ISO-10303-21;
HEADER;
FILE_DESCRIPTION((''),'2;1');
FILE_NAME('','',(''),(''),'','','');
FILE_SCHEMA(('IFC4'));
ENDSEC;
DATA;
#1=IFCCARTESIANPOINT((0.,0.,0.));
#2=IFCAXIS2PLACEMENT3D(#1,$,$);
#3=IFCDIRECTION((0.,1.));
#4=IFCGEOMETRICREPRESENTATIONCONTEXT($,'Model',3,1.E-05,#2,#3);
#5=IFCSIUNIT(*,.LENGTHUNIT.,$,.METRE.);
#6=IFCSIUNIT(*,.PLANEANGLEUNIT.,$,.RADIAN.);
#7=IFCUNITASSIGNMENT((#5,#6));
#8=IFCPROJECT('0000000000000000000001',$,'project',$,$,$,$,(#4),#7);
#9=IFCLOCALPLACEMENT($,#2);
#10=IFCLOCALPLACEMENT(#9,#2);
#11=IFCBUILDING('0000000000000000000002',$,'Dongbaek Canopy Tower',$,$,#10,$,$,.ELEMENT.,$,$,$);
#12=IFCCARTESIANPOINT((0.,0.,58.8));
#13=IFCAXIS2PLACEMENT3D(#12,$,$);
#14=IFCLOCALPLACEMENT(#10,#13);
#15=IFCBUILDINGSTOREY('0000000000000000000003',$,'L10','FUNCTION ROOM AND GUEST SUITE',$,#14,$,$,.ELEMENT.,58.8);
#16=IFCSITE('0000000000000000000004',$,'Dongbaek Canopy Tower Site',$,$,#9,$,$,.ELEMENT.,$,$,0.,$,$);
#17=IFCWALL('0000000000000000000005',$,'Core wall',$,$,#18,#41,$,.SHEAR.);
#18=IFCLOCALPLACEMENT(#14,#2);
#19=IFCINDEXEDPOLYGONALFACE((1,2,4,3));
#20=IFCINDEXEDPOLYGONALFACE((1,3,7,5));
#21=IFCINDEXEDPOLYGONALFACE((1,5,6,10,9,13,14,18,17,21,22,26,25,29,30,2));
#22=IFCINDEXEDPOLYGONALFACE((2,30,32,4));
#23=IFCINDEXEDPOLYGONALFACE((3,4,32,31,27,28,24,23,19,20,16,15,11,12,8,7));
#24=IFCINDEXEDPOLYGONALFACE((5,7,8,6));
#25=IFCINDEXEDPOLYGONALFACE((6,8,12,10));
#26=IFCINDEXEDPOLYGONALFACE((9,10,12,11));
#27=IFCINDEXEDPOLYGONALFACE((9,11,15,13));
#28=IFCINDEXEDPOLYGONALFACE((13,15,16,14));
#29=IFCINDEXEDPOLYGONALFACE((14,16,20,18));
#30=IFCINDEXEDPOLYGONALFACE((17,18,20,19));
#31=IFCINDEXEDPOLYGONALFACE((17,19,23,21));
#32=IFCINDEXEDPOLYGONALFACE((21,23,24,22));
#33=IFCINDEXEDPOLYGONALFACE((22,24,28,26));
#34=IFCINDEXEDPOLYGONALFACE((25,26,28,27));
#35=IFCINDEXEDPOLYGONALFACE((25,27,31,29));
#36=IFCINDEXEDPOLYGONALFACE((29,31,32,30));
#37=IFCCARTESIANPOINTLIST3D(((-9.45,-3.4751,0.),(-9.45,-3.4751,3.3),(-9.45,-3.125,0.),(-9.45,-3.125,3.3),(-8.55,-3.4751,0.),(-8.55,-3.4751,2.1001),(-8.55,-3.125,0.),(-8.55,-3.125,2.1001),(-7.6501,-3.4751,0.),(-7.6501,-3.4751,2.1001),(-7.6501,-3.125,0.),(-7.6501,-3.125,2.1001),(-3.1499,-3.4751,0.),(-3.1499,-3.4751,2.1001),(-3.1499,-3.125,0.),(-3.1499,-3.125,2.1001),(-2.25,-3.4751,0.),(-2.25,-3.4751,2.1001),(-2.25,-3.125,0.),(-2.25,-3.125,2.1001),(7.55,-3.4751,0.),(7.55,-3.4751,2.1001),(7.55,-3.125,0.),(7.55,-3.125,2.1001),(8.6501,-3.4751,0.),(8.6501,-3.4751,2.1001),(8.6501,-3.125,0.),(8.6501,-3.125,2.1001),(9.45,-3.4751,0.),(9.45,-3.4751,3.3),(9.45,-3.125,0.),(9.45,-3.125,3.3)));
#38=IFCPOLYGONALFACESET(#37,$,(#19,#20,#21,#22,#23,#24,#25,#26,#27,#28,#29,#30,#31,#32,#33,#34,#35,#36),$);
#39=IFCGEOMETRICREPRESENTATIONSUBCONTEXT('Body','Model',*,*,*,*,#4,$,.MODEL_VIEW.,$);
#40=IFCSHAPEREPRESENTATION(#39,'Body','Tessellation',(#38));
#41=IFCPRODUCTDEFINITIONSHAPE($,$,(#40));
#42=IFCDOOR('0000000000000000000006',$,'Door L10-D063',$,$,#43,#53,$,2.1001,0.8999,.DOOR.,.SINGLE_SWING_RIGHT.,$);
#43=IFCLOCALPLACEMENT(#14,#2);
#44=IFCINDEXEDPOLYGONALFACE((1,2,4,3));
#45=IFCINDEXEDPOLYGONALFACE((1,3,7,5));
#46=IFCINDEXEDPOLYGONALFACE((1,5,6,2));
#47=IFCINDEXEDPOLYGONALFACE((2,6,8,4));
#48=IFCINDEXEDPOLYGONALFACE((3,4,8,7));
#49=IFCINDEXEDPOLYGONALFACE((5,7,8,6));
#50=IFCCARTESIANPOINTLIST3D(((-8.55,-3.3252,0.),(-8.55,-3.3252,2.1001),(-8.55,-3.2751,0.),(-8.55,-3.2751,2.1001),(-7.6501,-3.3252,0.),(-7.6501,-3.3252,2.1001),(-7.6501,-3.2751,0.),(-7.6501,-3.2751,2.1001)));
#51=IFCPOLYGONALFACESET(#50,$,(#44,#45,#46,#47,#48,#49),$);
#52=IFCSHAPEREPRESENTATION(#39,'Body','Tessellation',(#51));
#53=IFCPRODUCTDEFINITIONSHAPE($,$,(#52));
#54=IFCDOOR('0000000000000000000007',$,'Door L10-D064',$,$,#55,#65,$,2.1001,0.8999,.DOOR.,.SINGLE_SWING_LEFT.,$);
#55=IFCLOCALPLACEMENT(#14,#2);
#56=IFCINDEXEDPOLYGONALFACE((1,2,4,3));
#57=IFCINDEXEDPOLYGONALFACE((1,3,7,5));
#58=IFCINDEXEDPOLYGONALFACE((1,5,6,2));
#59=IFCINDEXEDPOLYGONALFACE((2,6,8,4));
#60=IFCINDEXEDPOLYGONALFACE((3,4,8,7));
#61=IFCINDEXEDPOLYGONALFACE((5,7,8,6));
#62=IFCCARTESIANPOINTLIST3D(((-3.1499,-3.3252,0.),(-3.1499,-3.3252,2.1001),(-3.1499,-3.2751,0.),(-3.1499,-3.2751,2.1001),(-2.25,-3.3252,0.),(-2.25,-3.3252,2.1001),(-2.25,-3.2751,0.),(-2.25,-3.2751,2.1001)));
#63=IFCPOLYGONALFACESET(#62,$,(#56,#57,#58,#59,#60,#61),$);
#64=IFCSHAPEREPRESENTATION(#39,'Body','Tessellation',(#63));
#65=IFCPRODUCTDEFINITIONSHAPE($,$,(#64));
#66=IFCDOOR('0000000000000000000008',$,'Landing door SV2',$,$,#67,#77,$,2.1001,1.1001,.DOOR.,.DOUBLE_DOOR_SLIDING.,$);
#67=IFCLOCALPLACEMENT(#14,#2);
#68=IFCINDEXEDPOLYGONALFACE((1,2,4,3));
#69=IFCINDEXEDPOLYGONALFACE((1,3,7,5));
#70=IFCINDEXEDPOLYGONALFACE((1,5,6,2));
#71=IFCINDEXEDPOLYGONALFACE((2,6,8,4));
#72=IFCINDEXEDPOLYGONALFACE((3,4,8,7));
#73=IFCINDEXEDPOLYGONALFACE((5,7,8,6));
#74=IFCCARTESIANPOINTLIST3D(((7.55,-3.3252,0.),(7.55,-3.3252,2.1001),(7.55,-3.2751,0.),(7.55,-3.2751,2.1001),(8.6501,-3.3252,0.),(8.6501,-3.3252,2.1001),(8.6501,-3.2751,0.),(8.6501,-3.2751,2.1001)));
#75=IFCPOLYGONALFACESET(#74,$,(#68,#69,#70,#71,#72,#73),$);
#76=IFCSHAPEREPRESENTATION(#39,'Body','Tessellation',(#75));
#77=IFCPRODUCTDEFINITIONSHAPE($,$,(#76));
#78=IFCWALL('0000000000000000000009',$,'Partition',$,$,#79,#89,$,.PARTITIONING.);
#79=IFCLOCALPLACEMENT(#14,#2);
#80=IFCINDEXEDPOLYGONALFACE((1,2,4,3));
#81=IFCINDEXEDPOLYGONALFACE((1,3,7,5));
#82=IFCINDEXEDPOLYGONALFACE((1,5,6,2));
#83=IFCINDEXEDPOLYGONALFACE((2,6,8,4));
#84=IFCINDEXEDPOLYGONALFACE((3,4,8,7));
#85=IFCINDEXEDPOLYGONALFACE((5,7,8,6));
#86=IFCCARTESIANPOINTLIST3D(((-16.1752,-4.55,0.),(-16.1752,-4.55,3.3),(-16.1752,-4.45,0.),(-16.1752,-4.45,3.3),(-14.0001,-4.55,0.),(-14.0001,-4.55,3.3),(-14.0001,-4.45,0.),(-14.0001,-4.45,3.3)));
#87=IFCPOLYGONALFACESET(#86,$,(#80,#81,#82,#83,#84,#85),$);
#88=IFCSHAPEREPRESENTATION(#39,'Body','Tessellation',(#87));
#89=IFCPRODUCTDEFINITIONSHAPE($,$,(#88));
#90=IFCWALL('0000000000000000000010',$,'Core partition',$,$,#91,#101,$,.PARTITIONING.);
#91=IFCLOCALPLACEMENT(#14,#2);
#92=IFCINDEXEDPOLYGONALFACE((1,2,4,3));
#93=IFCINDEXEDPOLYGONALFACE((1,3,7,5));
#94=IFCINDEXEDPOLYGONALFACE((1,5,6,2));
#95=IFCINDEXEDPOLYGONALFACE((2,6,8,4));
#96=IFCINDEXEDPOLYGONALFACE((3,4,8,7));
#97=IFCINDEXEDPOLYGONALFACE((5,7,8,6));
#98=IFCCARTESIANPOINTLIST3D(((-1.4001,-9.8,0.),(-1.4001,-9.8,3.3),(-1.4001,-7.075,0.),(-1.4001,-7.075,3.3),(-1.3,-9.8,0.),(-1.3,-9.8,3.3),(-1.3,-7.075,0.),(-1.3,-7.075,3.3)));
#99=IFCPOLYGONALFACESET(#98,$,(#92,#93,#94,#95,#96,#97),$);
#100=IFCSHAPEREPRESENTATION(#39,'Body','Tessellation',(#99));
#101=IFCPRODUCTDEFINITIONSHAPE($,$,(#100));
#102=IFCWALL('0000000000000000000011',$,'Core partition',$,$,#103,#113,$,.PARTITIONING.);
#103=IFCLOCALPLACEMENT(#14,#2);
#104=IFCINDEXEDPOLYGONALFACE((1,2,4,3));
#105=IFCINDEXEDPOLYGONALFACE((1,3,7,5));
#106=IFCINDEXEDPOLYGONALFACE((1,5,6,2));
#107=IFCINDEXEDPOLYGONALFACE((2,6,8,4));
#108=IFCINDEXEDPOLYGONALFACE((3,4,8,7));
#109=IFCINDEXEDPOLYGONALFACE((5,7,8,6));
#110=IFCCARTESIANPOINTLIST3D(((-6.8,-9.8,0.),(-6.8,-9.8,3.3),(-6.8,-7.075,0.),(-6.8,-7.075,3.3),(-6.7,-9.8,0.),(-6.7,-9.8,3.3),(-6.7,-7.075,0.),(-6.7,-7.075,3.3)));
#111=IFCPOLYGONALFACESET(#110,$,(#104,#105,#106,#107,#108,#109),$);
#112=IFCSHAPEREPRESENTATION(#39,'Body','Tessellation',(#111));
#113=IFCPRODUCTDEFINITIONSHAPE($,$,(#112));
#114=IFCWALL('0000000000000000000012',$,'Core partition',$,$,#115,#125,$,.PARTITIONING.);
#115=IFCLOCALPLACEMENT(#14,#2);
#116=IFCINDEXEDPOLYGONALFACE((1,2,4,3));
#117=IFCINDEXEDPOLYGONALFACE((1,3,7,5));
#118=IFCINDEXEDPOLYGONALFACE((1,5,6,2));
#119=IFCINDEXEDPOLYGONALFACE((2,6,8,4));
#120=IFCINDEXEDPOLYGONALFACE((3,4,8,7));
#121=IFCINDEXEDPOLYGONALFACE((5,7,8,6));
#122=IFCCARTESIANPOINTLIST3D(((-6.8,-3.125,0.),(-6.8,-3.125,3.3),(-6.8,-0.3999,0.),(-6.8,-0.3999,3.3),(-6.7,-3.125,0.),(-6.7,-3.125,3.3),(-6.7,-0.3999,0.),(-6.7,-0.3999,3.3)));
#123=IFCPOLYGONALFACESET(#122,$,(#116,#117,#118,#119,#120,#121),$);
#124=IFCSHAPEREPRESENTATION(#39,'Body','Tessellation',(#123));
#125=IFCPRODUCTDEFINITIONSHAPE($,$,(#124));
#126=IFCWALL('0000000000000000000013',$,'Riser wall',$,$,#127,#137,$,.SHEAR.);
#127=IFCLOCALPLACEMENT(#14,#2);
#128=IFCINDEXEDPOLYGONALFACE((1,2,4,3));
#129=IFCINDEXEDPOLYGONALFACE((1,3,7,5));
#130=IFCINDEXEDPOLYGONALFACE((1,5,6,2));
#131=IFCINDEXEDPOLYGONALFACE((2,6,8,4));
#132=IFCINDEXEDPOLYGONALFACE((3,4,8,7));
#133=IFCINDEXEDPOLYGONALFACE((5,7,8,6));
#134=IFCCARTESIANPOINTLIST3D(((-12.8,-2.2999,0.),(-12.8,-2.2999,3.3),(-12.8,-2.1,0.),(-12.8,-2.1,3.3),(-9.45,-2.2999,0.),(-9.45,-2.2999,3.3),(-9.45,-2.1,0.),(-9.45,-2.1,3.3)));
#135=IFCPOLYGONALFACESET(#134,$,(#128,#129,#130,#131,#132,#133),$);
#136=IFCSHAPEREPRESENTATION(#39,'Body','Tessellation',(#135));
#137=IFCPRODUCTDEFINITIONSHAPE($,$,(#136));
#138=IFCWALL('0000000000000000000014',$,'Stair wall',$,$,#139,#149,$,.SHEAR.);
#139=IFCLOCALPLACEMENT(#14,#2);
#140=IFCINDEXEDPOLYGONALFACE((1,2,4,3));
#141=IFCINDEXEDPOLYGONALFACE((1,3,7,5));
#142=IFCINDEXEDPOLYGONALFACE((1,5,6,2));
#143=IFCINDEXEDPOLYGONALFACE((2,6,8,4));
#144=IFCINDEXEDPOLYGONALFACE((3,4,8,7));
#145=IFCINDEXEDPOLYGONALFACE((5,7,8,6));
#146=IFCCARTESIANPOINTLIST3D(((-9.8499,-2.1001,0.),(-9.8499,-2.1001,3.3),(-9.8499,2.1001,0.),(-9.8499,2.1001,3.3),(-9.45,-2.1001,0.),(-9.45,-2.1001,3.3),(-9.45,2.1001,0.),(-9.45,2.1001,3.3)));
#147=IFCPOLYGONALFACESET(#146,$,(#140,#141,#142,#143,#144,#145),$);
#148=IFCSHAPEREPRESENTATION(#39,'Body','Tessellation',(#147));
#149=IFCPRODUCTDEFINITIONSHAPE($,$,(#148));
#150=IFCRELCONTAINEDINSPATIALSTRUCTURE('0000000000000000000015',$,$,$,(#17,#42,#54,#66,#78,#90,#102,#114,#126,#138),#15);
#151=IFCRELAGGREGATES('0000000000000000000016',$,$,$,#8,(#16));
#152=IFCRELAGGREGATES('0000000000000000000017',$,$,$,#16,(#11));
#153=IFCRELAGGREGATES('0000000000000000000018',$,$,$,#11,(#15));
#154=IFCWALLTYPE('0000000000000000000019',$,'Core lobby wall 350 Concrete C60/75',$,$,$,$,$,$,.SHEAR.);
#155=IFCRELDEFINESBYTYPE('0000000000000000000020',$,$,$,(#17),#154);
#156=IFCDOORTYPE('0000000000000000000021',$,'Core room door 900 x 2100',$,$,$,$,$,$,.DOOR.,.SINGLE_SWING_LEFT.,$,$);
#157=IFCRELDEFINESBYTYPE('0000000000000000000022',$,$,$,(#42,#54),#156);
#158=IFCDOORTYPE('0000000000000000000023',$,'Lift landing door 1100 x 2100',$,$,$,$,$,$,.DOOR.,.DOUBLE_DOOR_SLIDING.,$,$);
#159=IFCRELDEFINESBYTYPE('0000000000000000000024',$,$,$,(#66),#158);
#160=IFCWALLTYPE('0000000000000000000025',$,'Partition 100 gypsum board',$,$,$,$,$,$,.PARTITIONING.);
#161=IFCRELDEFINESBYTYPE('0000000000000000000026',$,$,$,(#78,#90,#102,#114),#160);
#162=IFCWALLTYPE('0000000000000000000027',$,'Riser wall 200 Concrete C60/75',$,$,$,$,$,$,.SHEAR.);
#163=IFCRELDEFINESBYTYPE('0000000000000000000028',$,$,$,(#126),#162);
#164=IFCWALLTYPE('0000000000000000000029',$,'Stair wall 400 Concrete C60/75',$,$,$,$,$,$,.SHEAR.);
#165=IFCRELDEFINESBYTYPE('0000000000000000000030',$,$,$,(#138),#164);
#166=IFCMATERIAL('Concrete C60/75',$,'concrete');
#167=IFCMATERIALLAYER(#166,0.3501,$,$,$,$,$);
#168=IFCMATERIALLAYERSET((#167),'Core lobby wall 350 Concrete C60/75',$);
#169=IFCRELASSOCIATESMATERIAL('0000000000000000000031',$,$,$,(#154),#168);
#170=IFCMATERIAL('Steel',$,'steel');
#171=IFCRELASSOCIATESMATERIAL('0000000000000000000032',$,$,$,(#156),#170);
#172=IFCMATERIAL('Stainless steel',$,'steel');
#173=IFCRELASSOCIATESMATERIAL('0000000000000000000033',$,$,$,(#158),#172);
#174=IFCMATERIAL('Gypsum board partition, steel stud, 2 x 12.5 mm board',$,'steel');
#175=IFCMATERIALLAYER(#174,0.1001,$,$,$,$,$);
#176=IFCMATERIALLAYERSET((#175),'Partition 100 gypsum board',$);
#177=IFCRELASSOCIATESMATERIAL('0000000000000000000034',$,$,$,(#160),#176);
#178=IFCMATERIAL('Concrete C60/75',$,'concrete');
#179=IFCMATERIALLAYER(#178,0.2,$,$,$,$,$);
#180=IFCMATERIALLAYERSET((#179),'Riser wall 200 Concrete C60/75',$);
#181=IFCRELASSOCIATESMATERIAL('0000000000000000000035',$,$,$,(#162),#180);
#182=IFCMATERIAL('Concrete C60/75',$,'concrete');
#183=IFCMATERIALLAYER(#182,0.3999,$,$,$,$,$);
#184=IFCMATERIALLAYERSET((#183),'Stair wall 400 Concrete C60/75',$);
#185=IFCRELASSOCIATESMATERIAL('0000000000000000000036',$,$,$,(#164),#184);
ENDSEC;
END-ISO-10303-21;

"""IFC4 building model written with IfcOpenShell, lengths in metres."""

from ifc_helpers import new_model, si_unit, direction, frame, frame_2d, origin, place, context, subcontext, project, spatial, rectangle, extrude, material, layer, layer_set, type_object, element, fill, save


model = new_model("IFC4")

# Units and contexts
model_context = context("Model", 3, precision=1e-05, world=origin(), true_north=direction((0.0, 1.0)))
body_context = subcontext(model_context, "Body", "Model", "MODEL_VIEW")
ifc_project = project(units=[si_unit("LENGTHUNIT", "METRE"), si_unit("PLANEANGLEUNIT", "RADIAN")], contexts=[model_context])

# Site, building, storey
site_placement = place(None, origin())
site = spatial("IfcSite", under=ifc_project, at=site_placement, Name="Dongbaek Canopy Tower Site", CompositionType="ELEMENT", RefElevation=0.0)
building_placement = place(site_placement, origin())
building = spatial("IfcBuilding", under=site, at=building_placement, Name="Dongbaek Canopy Tower", CompositionType="ELEMENT")
storey_placement = place(building_placement, frame((0.0, 0.0, 58.8)))
storey = spatial("IfcBuildingStorey", under=building, at=storey_placement, Name="L10", Description="FUNCTION ROOM AND GUEST SUITE", CompositionType="ELEMENT", Elevation=58.8)

# Wall, openings, doors
ifc_material_1 = material(Name="Concrete C60/75", Category="concrete")
ifc_layer_1 = layer(ifc_material_1, 0.3501)
ifc_layer_set_1 = layer_set([ifc_layer_1], Name="Core lobby wall 350 Concrete C60/75")
wall_type_1 = type_object("IfcWallType", Name="Core lobby wall 350 Concrete C60/75", PredefinedType="SHEAR", material=ifc_layer_set_1)
wall_1_placement = place(storey_placement, frame((-9.45, -3.3, 0.0), z_axis=(0.0, 0.0, 1.0), x_axis=(1.0, 0.0, 0.0)))
wall_1 = element("IfcWall", 1, at=wall_1_placement, inside=storey, type_object=wall_type_1, Name="Core wall", PredefinedType="SHEAR", context=body_context, shape_type="SweptSolid", body=[
    extrude(rectangle(XDim=18.8999, YDim=0.3501, at=frame_2d((9.45, 0.0))), origin(), (0.0, 0.0, 1.0), 3.3),
])
opening_1_placement = place(wall_1_placement, frame((17.0, 0.0, 0.0)))
opening_1 = element("IfcOpeningElement", 2, at=opening_1_placement, cuts=wall_1, PredefinedType="OPENING", context=body_context, shape_type="SweptSolid", body=[
    extrude(rectangle(XDim=1.1001, YDim=2.1001, at=frame_2d((0.55, 1.05))), frame((0.0, 0.1851, 0.0), z_axis=(0.0, -1.0, 0.0), x_axis=(1.0, 0.0, 0.0)), (0.0, 0.0, 1.0), 0.3701),
])
opening_2_placement = place(wall_1_placement, frame((0.8999, 0.0, 0.0)))
opening_2 = element("IfcOpeningElement", 3, at=opening_2_placement, cuts=wall_1, PredefinedType="OPENING", context=body_context, shape_type="SweptSolid", body=[
    extrude(rectangle(XDim=0.8999, YDim=2.1001, at=frame_2d((0.45, 1.05))), frame((0.0, 0.1851, 0.0), z_axis=(0.0, -1.0, 0.0), x_axis=(1.0, 0.0, 0.0)), (0.0, 0.0, 1.0), 0.3701),
])
opening_3_placement = place(wall_1_placement, frame((6.3, 0.0, 0.0)))
opening_3 = element("IfcOpeningElement", 4, at=opening_3_placement, cuts=wall_1, PredefinedType="OPENING", context=body_context, shape_type="SweptSolid", body=[
    extrude(rectangle(XDim=0.8999, YDim=2.1001, at=frame_2d((0.45, 1.05))), frame((0.0, 0.1851, 0.0), z_axis=(0.0, -1.0, 0.0), x_axis=(1.0, 0.0, 0.0)), (0.0, 0.0, 1.0), 0.3701),
])
ifc_material_2 = material(Name="Steel", Category="steel")
door_type_1 = type_object("IfcDoorType", Name="Core room door 900 x 2100", OperationType="SINGLE_SWING_LEFT", PredefinedType="DOOR", material=ifc_material_2)
door_1_placement = place(opening_2_placement, origin())
door_1 = element("IfcDoor", 5, at=door_1_placement, inside=storey, type_object=door_type_1, Name="Door L10-D063", OperationType="SINGLE_SWING_RIGHT", OverallHeight=2.1001, OverallWidth=0.8999, PredefinedType="DOOR", context=body_context, shape_type="SweptSolid", body=[
    extrude(rectangle(XDim=0.8999, YDim=2.1001, at=frame_2d((0.45, 1.05))), frame((0.0, 0.0249, 0.0), z_axis=(0.0, -1.0, 0.0), x_axis=(1.0, 0.0, 0.0)), (0.0, 0.0, 1.0), 0.05),
])
fill(opening_2, door_1)
door_2_placement = place(opening_3_placement, origin())
door_2 = element("IfcDoor", 6, at=door_2_placement, inside=storey, type_object=door_type_1, Name="Door L10-D064", OperationType="SINGLE_SWING_LEFT", OverallHeight=2.1001, OverallWidth=0.8999, PredefinedType="DOOR", context=body_context, shape_type="SweptSolid", body=[
    extrude(rectangle(XDim=0.8999, YDim=2.1001, at=frame_2d((0.45, 1.05))), frame((0.0, 0.0249, 0.0), z_axis=(0.0, -1.0, 0.0), x_axis=(1.0, 0.0, 0.0)), (0.0, 0.0, 1.0), 0.05),
])
fill(opening_3, door_2)
ifc_material_3 = material(Name="Stainless steel", Category="steel")
door_type_2 = type_object("IfcDoorType", Name="Lift landing door 1100 x 2100", OperationType="DOUBLE_DOOR_SLIDING", PredefinedType="DOOR", material=ifc_material_3)
door_3_placement = place(opening_1_placement, origin())
door_3 = element("IfcDoor", 7, at=door_3_placement, inside=storey, type_object=door_type_2, Name="Landing door SV2", OperationType="DOUBLE_DOOR_SLIDING", OverallHeight=2.1001, OverallWidth=1.1001, PredefinedType="DOOR", context=body_context, shape_type="SweptSolid", body=[
    extrude(rectangle(XDim=1.1001, YDim=2.1001, at=frame_2d((0.55, 1.05))), frame((0.0, 0.0249, 0.0), z_axis=(0.0, -1.0, 0.0), x_axis=(1.0, 0.0, 0.0)), (0.0, 0.0, 1.0), 0.05),
])
fill(opening_1, door_3)

# Walls
ifc_material_4 = material(Name="Gypsum board partition, steel stud, 2 x 12.5 mm board", Category="steel")
ifc_layer_2 = layer(ifc_material_4, 0.1001)
ifc_layer_set_2 = layer_set([ifc_layer_2], Name="Partition 100 gypsum board")
wall_type_2 = type_object("IfcWallType", Name="Partition 100 gypsum board", PredefinedType="PARTITIONING", material=ifc_layer_set_2)
wall_2_placement = place(storey_placement, frame((-16.175, -4.5, 0.0), z_axis=(0.0, 0.0, 1.0), x_axis=(1.0, 0.0, 0.0)))
element("IfcWall", 8, at=wall_2_placement, inside=storey, type_object=wall_type_2, Name="Partition", PredefinedType="PARTITIONING", context=body_context, shape_type="SweptSolid", body=[
    extrude(rectangle(XDim=2.175, YDim=0.1001, at=frame_2d((1.0874, 0.0))), origin(), (0.0, 0.0, 1.0), 3.3),
])
for number, where, z_axis, x_axis, name in (
    (9, (-1.3501, -9.8, 0.0), (0.0, 0.0, 1.0), (0.0, 1.0, 0.0), "Core partition"),
    (10, (-6.75, -9.8, 0.0), (0.0, 0.0, 1.0), (0.0, 1.0, 0.0), "Core partition"),
    (11, (-6.75, -3.125, 0.0), (0.0, 0.0, 1.0), (0.0, 1.0, 0.0), "Core partition"),
):
    element("IfcWall", number, at=place(storey_placement, frame(where, z_axis=z_axis, x_axis=x_axis)), inside=storey, type_object=wall_type_2, Name=name, PredefinedType="PARTITIONING", context=body_context, shape_type="SweptSolid", body=[
        extrude(rectangle(XDim=2.7251, YDim=0.1001, at=frame_2d((1.3625, 0.0))), origin(), (0.0, 0.0, 1.0), 3.3),
    ])
ifc_material_5 = material(Name="Concrete C60/75", Category="concrete")
ifc_layer_3 = layer(ifc_material_5, 0.2)
ifc_layer_set_3 = layer_set([ifc_layer_3], Name="Riser wall 200 Concrete C60/75")
wall_type_3 = type_object("IfcWallType", Name="Riser wall 200 Concrete C60/75", PredefinedType="SHEAR", material=ifc_layer_set_3)
wall_3_placement = place(storey_placement, frame((-9.45, -2.2, 0.0), z_axis=(0.0, 0.0, 1.0), x_axis=(-1.0, 0.0, 0.0)))
element("IfcWall", 12, at=wall_3_placement, inside=storey, type_object=wall_type_3, Name="Riser wall", PredefinedType="SHEAR", context=body_context, shape_type="SweptSolid", body=[
    extrude(rectangle(XDim=3.3501, YDim=0.2, at=frame_2d((1.675, 0.0))), origin(), (0.0, 0.0, 1.0), 3.3),
])
ifc_material_6 = material(Name="Concrete C60/75", Category="concrete")
ifc_layer_4 = layer(ifc_material_6, 0.3999)
ifc_layer_set_4 = layer_set([ifc_layer_4], Name="Stair wall 400 Concrete C60/75")
wall_type_4 = type_object("IfcWallType", Name="Stair wall 400 Concrete C60/75", PredefinedType="SHEAR", material=ifc_layer_set_4)
wall_4_placement = place(storey_placement, frame((-9.6499, -2.1001, 0.0), z_axis=(0.0, 0.0, 1.0), x_axis=(0.0, 1.0, 0.0)))
element("IfcWall", 13, at=wall_4_placement, inside=storey, type_object=wall_type_4, Name="Stair wall", PredefinedType="SHEAR", context=body_context, shape_type="SweptSolid", body=[
    extrude(rectangle(XDim=4.2002, YDim=0.3999, at=frame_2d((2.1001, 0.0))), origin(), (0.0, 0.0, 1.0), 3.3),
])

save(model, "model.ifc")
